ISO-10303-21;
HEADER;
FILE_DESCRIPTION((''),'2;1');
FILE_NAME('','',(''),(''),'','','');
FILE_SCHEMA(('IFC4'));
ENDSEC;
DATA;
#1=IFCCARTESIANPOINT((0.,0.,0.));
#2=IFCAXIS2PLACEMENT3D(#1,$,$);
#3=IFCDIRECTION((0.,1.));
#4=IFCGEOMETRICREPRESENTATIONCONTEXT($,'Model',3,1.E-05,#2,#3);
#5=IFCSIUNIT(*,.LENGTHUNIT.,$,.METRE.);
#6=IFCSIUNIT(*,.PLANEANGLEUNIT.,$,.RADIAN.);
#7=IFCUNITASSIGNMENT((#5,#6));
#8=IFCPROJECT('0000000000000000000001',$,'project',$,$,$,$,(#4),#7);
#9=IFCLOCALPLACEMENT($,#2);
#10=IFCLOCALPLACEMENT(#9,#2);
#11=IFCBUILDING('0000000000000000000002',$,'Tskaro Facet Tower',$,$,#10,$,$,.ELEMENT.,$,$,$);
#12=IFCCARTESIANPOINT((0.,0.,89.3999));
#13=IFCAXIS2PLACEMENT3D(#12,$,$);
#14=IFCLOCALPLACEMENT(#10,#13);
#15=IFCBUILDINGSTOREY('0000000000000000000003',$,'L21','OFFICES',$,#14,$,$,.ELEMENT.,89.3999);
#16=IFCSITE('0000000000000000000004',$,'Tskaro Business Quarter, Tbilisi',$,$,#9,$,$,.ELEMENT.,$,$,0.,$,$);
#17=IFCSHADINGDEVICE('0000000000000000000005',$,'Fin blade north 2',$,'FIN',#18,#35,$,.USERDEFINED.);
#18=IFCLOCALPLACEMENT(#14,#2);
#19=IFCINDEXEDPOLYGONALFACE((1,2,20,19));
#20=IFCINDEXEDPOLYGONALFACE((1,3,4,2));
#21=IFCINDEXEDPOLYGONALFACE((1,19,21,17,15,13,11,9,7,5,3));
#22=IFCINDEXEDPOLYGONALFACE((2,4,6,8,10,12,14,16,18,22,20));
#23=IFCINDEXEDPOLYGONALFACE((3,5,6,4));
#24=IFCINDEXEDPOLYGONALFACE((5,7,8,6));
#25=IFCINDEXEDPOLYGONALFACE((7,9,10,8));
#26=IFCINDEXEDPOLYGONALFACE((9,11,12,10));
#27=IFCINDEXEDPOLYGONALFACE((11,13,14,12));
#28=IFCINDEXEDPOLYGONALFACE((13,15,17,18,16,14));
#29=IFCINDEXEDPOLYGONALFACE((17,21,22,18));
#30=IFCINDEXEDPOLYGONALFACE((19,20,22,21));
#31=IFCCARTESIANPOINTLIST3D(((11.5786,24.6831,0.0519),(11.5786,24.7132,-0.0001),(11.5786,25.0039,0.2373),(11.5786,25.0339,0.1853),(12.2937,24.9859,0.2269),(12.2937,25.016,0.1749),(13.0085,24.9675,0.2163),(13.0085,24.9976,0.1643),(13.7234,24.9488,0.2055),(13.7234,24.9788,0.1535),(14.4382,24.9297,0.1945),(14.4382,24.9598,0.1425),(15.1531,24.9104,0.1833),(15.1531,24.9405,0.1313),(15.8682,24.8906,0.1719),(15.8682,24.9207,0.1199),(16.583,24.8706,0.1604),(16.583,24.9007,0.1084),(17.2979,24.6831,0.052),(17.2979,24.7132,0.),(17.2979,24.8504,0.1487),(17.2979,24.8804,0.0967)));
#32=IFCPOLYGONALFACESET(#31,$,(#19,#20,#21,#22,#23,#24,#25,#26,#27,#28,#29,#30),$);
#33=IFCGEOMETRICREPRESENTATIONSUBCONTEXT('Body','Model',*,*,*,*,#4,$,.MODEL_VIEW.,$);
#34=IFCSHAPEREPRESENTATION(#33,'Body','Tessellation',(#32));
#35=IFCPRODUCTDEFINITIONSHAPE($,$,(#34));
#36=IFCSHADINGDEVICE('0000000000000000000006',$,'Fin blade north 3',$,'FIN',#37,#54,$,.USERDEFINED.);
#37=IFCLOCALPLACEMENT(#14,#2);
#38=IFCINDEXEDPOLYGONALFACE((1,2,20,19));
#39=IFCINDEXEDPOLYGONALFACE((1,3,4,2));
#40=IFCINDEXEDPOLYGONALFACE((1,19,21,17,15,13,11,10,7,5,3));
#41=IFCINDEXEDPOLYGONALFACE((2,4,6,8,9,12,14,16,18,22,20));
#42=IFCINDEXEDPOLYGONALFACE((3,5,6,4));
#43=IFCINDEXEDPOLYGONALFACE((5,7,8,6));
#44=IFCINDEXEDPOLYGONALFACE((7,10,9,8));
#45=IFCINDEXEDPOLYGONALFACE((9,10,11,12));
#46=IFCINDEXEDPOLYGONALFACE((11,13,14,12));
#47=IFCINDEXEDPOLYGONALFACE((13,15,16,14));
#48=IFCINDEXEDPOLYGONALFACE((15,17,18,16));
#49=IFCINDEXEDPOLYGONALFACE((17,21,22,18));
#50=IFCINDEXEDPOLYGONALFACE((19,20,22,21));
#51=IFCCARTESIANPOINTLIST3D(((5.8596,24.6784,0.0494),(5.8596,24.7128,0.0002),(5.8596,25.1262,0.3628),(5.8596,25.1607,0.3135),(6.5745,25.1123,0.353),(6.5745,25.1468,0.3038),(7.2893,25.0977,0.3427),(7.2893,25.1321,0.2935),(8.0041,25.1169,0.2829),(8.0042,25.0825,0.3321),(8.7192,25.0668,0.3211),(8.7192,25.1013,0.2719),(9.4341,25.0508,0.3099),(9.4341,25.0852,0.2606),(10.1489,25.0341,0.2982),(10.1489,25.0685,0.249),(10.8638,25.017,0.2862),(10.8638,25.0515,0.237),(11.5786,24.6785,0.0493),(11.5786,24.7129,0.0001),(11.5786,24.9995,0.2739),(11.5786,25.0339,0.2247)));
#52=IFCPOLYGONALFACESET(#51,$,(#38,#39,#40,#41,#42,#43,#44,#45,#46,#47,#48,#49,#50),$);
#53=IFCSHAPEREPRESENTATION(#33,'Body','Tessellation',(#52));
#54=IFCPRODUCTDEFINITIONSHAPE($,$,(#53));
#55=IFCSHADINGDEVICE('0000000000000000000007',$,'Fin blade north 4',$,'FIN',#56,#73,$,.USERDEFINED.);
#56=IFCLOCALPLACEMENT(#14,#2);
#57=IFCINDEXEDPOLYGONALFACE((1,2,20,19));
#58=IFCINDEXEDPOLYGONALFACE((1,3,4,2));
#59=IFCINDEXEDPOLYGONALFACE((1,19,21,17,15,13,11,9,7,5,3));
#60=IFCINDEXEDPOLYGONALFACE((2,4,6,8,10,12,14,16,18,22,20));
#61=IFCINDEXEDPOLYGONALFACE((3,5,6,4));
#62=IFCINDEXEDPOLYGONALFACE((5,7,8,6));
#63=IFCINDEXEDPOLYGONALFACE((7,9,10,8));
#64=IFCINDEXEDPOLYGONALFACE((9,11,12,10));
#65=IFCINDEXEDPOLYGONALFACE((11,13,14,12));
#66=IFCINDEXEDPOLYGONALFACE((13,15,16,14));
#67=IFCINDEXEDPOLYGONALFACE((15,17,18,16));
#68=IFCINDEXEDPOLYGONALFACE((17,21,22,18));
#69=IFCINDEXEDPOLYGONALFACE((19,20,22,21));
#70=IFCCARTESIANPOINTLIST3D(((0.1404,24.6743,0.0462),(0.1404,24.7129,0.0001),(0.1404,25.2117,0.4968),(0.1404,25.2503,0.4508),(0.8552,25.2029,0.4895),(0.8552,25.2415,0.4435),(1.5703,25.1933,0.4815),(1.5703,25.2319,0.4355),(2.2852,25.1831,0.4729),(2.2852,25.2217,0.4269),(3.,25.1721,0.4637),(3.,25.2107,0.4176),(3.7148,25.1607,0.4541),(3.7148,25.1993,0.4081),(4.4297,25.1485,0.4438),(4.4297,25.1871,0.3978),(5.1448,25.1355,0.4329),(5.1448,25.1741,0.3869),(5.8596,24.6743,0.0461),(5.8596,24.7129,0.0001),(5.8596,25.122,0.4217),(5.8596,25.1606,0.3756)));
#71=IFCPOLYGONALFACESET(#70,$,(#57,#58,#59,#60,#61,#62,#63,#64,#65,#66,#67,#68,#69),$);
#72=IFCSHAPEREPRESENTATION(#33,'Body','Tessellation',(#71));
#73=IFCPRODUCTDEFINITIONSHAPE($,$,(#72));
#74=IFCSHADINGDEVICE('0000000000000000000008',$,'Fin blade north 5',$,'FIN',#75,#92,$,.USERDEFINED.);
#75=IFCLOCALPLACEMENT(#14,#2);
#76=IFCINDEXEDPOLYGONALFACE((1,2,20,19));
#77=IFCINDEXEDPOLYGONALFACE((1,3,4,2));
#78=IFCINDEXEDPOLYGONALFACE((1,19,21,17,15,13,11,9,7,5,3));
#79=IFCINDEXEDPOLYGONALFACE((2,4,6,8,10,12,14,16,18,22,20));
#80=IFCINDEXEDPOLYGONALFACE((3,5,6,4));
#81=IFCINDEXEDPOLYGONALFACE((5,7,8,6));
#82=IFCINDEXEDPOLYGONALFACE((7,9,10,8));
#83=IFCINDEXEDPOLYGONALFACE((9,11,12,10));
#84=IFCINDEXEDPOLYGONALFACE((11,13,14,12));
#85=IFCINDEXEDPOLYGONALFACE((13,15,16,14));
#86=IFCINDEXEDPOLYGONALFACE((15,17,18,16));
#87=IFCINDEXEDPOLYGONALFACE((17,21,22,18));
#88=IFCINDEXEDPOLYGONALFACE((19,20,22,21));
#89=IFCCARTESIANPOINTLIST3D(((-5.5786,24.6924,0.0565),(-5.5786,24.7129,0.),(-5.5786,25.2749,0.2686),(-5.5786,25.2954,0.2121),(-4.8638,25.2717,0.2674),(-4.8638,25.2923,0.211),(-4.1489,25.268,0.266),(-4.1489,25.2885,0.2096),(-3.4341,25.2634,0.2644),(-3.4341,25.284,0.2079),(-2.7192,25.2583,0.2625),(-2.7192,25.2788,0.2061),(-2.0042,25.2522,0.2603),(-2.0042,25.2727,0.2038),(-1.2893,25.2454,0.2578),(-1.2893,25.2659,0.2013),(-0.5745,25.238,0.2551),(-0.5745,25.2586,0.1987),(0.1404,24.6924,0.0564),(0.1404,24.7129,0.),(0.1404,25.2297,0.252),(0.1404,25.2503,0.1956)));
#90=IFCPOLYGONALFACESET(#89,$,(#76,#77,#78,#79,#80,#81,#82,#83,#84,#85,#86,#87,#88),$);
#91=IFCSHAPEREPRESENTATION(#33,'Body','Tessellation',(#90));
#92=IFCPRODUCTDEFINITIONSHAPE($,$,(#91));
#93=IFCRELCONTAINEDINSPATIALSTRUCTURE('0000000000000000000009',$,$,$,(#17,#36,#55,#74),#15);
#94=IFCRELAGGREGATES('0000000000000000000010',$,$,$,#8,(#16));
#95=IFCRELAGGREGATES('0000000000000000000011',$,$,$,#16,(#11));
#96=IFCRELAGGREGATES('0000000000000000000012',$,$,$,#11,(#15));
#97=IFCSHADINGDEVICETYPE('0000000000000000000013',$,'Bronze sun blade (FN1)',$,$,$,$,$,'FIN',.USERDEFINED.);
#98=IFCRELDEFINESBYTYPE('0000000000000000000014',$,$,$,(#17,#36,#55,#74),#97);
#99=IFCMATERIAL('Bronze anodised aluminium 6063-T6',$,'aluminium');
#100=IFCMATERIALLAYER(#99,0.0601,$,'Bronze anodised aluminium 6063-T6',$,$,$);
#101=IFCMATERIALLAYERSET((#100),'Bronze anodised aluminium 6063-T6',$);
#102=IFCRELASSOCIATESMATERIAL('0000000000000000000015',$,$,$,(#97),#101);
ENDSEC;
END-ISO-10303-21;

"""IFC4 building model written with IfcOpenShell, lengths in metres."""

from ifc_helpers import new_model, si_unit, direction, frame, origin, place, context, subcontext, project, spatial, polyline, outline, extrude, material, layer, layer_set, type_object, element, save


model = new_model("IFC4")

# Units and contexts
model_context = context("Model", 3, precision=1e-05, world=origin(), true_north=direction((0.0, 1.0)))
body_context = subcontext(model_context, "Body", "Model", "MODEL_VIEW")
ifc_project = project(units=[si_unit("LENGTHUNIT", "METRE"), si_unit("PLANEANGLEUNIT", "RADIAN")], contexts=[model_context])

# Site, building, storey
site_placement = place(None, origin())
site = spatial("IfcSite", under=ifc_project, at=site_placement, Name="Tskaro Business Quarter, Tbilisi", CompositionType="ELEMENT", RefElevation=0.0)
building_placement = place(site_placement, origin())
building = spatial("IfcBuilding", under=site, at=building_placement, Name="Tskaro Facet Tower", CompositionType="ELEMENT")
storey_placement = place(building_placement, frame((0.0, 0.0, 89.3999)))
storey = spatial("IfcBuildingStorey", under=building, at=storey_placement, Name="L21", Description="OFFICES", CompositionType="ELEMENT", Elevation=89.3999)

# Shared definitions
ifc_material_1 = material(Name="Bronze anodised aluminium 6063-T6", Category="aluminium")

# Shading devices
ifc_layer_1 = layer(ifc_material_1, 0.0601, Name="Bronze anodised aluminium 6063-T6")
ifc_layer_set_1 = layer_set([ifc_layer_1], Name="Bronze anodised aluminium 6063-T6")
shading_device_type = type_object("IfcShadingDeviceType", Name="Bronze sun blade (FN1)", ElementType="FIN", PredefinedType="USERDEFINED", material=ifc_layer_set_1)
shading_device_1_placement = place(storey_placement, frame((17.2979, 24.6831, 0.052), z_axis=(-0.000012, -0.5004, 0.865794), x_axis=(-1.0, 0.000006, -0.00001)))
element("IfcShadingDevice", 1, at=shading_device_1_placement, inside=storey, type_object=shading_device_type, Name="Fin blade north 2", ObjectType="FIN", PredefinedType="USERDEFINED", context=body_context, shape_type="SweptSolid", body=[
    extrude(outline(polyline([(0.0, 0.0), (5.7192, 0.0), (5.7192, -0.3705), (5.0042, -0.3497), (4.2893, -0.3285), (3.5745, -0.3068), (2.8596, -0.2848), (2.1448, -0.2625), (1.4297, -0.2397), (0.7148, -0.2166), (0.0, -0.1932), (0.0, 0.0)])), origin(), (0.0, 0.0, -1.0), 0.0601),
])
shading_device_2_placement = place(storey_placement, frame((11.5786, 24.6785, 0.0493), z_axis=(0.000017, -0.573313, 0.819337), x_axis=(-1.0, -0.000009, 0.000014)))
element("IfcShadingDevice", 2, at=shading_device_2_placement, inside=storey, type_object=shading_device_type, Name="Fin blade north 3", ObjectType="FIN", PredefinedType="USERDEFINED", context=body_context, shape_type="SweptSolid", body=[
    extrude(outline(polyline([(0.0, 0.0), (5.719, 0.0), (5.719, -0.5466), (5.0042, -0.5296), (4.2893, -0.5117), (3.5745, -0.4931), (2.8594, -0.474), (2.1445, -0.4544), (1.4297, -0.4341), (0.7148, -0.4132), (0.0, -0.3918), (0.0, 0.0)])), origin(), (0.0, 0.0, -1.0), 0.0601),
])
shading_device_3_placement = place(storey_placement, frame((5.8596, 24.6743, 0.0461), z_axis=(0.000003, -0.642618, 0.766187), x_axis=(-1.0, -0.000002, 0.000002)))
element("IfcShadingDevice", 3, at=shading_device_3_placement, inside=storey, type_object=shading_device_type, Name="Fin blade north 4", ObjectType="FIN", PredefinedType="USERDEFINED", context=body_context, shape_type="SweptSolid", body=[
    extrude(outline(polyline([(0.0, 0.0), (5.7192, 0.0), (5.7192, -0.7013), (5.0044, -0.6899), (4.2893, -0.6774), (3.5745, -0.6641), (2.8596, -0.6497), (2.1448, -0.6348), (1.4299, -0.6188), (0.7148, -0.6019), (0.0, -0.5844), (0.0, 0.0)])), origin(), (0.0, 0.0, -1.0), 0.0601),
])
shading_device_4_placement = place(storey_placement, frame((0.1404, 24.6924, 0.0564), z_axis=(0.000012, -0.342147, 0.939646), x_axis=(-1.0, -0.000004, 0.000012)))
element("IfcShadingDevice", 4, at=shading_device_4_placement, inside=storey, type_object=shading_device_type, Name="Fin blade north 5", ObjectType="FIN", PredefinedType="USERDEFINED", context=body_context, shape_type="SweptSolid", body=[
    extrude(outline(polyline([(0.0, 0.0), (5.719, 0.0), (5.719, -0.62), (5.0042, -0.6166), (4.2893, -0.6126), (3.5745, -0.6077), (2.8596, -0.6023), (2.1445, -0.5958), (1.4297, -0.5885), (0.7148, -0.5807), (0.0, -0.5718), (0.0, 0.0)])), origin(), (0.0, 0.0, -1.0), 0.0601),
])

save(model, "model.ifc")
